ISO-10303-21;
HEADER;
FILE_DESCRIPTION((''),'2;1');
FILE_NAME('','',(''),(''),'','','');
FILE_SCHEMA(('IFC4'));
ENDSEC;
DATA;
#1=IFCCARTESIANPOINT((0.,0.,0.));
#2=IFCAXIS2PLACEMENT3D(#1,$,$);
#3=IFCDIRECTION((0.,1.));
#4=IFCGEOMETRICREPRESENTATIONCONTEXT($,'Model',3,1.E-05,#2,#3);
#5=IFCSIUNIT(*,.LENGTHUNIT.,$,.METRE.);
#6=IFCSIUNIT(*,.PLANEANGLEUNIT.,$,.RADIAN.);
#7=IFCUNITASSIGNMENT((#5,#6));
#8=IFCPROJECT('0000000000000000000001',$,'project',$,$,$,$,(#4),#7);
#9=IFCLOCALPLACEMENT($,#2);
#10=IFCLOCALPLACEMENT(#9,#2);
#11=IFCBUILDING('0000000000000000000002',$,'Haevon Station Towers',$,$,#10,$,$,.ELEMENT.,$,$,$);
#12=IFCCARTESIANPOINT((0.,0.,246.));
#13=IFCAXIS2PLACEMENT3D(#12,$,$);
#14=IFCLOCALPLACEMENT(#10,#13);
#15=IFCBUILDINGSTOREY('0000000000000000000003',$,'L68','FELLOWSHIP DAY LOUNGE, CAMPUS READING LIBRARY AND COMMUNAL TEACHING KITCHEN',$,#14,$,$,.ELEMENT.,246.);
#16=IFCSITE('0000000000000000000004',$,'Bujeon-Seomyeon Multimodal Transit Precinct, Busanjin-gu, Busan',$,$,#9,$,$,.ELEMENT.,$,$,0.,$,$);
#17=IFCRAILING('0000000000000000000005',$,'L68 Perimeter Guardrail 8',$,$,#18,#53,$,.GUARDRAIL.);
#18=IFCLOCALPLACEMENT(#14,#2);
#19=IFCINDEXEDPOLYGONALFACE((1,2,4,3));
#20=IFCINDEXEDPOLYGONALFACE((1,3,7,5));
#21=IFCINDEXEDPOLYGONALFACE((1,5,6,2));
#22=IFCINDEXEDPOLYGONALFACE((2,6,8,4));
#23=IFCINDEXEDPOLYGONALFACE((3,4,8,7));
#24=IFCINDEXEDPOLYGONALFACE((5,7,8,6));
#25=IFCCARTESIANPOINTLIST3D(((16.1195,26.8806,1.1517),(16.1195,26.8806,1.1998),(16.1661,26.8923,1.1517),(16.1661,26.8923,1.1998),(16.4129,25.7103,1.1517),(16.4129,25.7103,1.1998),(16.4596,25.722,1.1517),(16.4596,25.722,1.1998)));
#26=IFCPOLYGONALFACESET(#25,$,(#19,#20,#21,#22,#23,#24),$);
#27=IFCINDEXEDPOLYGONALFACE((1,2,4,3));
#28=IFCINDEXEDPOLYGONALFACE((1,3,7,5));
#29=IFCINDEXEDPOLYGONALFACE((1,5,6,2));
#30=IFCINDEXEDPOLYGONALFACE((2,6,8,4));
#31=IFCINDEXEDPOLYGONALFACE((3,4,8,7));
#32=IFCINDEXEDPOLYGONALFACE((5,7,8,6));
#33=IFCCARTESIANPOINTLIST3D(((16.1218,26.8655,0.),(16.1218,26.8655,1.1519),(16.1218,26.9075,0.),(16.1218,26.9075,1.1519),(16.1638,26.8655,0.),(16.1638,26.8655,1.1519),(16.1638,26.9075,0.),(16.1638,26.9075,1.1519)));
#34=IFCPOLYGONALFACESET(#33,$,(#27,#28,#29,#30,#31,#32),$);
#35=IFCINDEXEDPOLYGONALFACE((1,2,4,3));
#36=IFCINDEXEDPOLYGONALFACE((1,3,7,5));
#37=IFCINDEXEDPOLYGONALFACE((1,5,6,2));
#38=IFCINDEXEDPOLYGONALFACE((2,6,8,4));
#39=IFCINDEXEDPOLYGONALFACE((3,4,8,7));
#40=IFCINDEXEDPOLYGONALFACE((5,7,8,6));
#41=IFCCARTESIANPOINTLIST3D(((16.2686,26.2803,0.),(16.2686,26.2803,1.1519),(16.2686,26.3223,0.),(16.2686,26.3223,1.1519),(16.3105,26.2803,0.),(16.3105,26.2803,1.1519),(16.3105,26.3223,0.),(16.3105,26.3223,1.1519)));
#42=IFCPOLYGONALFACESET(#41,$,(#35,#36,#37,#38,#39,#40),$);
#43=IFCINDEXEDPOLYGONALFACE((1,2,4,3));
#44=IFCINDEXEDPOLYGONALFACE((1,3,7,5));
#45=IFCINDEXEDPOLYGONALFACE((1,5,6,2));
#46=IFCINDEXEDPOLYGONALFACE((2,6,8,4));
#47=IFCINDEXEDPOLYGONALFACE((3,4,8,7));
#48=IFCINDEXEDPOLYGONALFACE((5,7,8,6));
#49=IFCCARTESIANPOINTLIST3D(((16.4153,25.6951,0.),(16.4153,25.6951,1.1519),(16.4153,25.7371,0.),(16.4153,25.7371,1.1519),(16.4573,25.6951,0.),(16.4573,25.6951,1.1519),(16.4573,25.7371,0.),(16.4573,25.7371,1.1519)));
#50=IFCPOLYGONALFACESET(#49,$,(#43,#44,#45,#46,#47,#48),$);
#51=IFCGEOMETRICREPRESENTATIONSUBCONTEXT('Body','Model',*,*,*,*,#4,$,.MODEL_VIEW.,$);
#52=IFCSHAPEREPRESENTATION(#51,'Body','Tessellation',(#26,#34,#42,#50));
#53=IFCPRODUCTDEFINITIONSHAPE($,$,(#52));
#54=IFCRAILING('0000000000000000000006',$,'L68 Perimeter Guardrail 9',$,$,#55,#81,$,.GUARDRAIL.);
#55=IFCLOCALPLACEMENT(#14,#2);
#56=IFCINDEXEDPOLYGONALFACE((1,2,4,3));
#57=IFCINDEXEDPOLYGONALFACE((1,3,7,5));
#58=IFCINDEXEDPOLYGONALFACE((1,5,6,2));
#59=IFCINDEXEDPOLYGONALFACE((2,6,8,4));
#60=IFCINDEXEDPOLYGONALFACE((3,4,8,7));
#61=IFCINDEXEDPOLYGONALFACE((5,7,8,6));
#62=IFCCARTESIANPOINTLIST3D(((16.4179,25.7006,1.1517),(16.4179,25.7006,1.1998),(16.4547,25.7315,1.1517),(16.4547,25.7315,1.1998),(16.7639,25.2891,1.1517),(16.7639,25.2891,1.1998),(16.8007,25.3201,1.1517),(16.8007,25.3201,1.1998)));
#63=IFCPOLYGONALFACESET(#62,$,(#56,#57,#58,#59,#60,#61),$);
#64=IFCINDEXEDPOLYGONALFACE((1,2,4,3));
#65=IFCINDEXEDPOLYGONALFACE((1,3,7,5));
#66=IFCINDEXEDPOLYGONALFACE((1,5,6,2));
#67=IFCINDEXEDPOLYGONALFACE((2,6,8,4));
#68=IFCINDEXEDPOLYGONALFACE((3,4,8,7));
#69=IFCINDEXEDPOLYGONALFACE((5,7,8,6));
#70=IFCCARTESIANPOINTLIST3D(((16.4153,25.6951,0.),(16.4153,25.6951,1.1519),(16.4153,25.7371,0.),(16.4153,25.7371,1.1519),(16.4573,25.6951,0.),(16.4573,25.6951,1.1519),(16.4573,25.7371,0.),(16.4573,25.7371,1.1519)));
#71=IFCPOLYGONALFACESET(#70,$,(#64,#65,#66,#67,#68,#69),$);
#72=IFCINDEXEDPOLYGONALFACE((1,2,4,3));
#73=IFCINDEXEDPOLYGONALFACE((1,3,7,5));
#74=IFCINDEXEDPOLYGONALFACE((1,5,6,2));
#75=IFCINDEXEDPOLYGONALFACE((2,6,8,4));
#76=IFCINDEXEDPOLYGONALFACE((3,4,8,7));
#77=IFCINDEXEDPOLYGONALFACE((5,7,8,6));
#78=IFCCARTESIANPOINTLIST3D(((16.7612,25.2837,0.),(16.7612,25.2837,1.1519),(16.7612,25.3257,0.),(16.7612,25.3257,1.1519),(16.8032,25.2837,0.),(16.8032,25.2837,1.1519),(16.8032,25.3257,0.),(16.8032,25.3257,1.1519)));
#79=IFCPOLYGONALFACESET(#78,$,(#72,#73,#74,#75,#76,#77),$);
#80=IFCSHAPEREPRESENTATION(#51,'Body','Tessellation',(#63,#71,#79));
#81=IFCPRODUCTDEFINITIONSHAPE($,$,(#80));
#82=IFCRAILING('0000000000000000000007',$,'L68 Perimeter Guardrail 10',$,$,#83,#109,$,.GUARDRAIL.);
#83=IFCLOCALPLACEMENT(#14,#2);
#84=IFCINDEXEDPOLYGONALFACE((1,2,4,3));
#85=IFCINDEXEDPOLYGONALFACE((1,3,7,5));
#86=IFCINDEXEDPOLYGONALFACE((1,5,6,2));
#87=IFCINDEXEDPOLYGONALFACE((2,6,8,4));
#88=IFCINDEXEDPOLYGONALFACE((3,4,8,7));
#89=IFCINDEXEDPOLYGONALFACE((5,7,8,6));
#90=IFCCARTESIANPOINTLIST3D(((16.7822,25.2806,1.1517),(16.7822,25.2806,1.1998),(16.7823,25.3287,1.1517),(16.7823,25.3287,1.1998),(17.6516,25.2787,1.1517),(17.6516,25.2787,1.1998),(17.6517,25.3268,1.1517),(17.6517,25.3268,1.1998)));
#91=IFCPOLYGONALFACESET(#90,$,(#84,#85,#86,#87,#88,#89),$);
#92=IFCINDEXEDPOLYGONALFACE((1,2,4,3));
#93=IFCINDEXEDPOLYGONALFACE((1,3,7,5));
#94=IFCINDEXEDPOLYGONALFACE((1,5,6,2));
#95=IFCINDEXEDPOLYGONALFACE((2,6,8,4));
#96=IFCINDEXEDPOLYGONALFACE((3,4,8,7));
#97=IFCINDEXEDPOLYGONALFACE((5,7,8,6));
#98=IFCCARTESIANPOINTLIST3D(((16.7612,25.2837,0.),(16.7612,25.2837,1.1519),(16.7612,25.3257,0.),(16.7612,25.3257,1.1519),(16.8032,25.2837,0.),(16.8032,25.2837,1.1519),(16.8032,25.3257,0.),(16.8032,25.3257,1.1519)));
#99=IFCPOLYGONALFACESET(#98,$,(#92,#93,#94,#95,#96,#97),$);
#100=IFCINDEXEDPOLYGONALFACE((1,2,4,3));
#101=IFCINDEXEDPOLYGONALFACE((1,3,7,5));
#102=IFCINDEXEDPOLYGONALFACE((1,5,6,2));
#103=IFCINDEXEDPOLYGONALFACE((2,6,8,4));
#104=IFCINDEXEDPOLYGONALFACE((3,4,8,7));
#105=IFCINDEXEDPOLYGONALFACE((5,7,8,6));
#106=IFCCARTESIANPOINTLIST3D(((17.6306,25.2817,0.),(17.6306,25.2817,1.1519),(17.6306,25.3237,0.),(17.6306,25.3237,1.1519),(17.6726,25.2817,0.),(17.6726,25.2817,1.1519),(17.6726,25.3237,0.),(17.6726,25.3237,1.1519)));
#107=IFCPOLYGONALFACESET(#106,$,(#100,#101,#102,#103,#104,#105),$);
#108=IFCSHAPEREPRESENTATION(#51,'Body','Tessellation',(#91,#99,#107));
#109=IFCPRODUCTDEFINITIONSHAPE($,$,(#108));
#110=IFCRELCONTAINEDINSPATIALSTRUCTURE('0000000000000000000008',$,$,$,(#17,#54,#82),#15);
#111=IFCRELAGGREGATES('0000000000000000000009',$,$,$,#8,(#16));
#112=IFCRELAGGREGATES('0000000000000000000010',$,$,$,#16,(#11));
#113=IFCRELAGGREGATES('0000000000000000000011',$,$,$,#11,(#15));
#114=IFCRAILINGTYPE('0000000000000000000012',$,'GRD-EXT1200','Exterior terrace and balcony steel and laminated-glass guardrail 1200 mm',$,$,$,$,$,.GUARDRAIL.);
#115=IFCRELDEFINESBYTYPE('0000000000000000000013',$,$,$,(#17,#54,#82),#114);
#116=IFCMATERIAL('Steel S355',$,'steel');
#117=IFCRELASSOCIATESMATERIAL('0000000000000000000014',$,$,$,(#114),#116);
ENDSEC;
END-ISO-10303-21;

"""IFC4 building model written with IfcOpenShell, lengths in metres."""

from ifc_helpers import new_model, si_unit, direction, frame, origin, origin_2d, place, context, subcontext, project, spatial, rectangle, extrude, material, type_object, element, save


model = new_model("IFC4")

# Units and contexts
model_context = context("Model", 3, precision=1e-05, world=origin(), true_north=direction((0.0, 1.0)))
body_context = subcontext(model_context, "Body", "Model", "MODEL_VIEW")
ifc_project = project(units=[si_unit("LENGTHUNIT", "METRE"), si_unit("PLANEANGLEUNIT", "RADIAN")], contexts=[model_context])

# Site, building, storey
site_placement = place(None, origin())
site = spatial("IfcSite", under=ifc_project, at=site_placement, Name="Bujeon-Seomyeon Multimodal Transit Precinct, Busanjin-gu, Busan", CompositionType="ELEMENT", RefElevation=0.0)
building_placement = place(site_placement, origin())
building = spatial("IfcBuilding", under=site, at=building_placement, Name="Haevon Station Towers", CompositionType="ELEMENT")
storey_placement = place(building_placement, frame((0.0, 0.0, 246.0)))
storey = spatial("IfcBuildingStorey", under=building, at=storey_placement, Name="L68", Description="FELLOWSHIP DAY LOUNGE, CAMPUS READING LIBRARY AND COMMUNAL TEACHING KITCHEN", CompositionType="ELEMENT", Elevation=246.0)

# Shared definitions
ifc_material_1 = material(Name="Steel S355", Category="steel")

# Railings
railing_type = type_object("IfcRailingType", Name="GRD-EXT1200", Description="Exterior terrace and balcony steel and laminated-glass guardrail 1200 mm", PredefinedType="GUARDRAIL", material=ifc_material_1)
railing_1_placement = place(storey_placement, frame((16.1428, 26.8865, 0.0)))
element("IfcRailing", 1, at=railing_1_placement, inside=storey, type_object=railing_type, Name="L68 Perimeter Guardrail 8", PredefinedType="GUARDRAIL", context=body_context, shape_type="SweptSolid", body=[
    extrude(rectangle(XDim=0.0481, YDim=0.0481, at=origin_2d()), frame((0.0, 0.0, 1.1758), z_axis=(0.243202, -0.969976, 0.0), x_axis=(0.969976, 0.243202, 0.0)), (0.0, 0.0, 1.0), 1.2065),
    extrude(rectangle(XDim=0.042, YDim=0.042, at=origin_2d()), origin(), (0.0, 0.0, 1.0), 1.1519),
    extrude(rectangle(XDim=0.042, YDim=0.042, at=origin_2d()), frame((0.1467, -0.5852, 0.0)), (0.0, 0.0, 1.0), 1.1519),
    extrude(rectangle(XDim=0.042, YDim=0.042, at=origin_2d()), frame((0.2935, -1.1704, 0.0)), (0.0, 0.0, 1.0), 1.1519),
])
railing_2_placement = place(storey_placement, frame((16.4363, 25.7161, 0.0)))
element("IfcRailing", 2, at=railing_2_placement, inside=storey, type_object=railing_type, Name="L68 Perimeter Guardrail 9", PredefinedType="GUARDRAIL", context=body_context, shape_type="SweptSolid", body=[
    extrude(rectangle(XDim=0.0481, YDim=0.0481, at=origin_2d()), frame((0.0, 0.0, 1.1758), z_axis=(0.643618, -0.765347, 0.0), x_axis=(0.765347, 0.643618, 0.0)), (0.0, 0.0, 1.0), 0.5376),
    extrude(rectangle(XDim=0.042, YDim=0.042, at=origin_2d()), origin(), (0.0, 0.0, 1.0), 1.1519),
    extrude(rectangle(XDim=0.042, YDim=0.042, at=origin_2d()), frame((0.3459, -0.4114, 0.0)), (0.0, 0.0, 1.0), 1.1519),
])
railing_3_placement = place(storey_placement, frame((16.7822, 25.3047, 0.0)))
element("IfcRailing", 3, at=railing_3_placement, inside=storey, type_object=railing_type, Name="L68 Perimeter Guardrail 10", PredefinedType="GUARDRAIL", context=body_context, shape_type="SweptSolid", body=[
    extrude(rectangle(XDim=0.0481, YDim=0.0481, at=origin_2d()), frame((0.0, 0.0, 1.1758), z_axis=(0.999997, -0.002247, 0.0), x_axis=(0.002247, 0.999997, 0.0)), (0.0, 0.0, 1.0), 0.8694),
    extrude(rectangle(XDim=0.042, YDim=0.042, at=origin_2d()), origin(), (0.0, 0.0, 1.0), 1.1519),
    extrude(rectangle(XDim=0.042, YDim=0.042, at=origin_2d()), frame((0.8694, -0.002, 0.0)), (0.0, 0.0, 1.0), 1.1519),
])

save(model, "model.ifc")
